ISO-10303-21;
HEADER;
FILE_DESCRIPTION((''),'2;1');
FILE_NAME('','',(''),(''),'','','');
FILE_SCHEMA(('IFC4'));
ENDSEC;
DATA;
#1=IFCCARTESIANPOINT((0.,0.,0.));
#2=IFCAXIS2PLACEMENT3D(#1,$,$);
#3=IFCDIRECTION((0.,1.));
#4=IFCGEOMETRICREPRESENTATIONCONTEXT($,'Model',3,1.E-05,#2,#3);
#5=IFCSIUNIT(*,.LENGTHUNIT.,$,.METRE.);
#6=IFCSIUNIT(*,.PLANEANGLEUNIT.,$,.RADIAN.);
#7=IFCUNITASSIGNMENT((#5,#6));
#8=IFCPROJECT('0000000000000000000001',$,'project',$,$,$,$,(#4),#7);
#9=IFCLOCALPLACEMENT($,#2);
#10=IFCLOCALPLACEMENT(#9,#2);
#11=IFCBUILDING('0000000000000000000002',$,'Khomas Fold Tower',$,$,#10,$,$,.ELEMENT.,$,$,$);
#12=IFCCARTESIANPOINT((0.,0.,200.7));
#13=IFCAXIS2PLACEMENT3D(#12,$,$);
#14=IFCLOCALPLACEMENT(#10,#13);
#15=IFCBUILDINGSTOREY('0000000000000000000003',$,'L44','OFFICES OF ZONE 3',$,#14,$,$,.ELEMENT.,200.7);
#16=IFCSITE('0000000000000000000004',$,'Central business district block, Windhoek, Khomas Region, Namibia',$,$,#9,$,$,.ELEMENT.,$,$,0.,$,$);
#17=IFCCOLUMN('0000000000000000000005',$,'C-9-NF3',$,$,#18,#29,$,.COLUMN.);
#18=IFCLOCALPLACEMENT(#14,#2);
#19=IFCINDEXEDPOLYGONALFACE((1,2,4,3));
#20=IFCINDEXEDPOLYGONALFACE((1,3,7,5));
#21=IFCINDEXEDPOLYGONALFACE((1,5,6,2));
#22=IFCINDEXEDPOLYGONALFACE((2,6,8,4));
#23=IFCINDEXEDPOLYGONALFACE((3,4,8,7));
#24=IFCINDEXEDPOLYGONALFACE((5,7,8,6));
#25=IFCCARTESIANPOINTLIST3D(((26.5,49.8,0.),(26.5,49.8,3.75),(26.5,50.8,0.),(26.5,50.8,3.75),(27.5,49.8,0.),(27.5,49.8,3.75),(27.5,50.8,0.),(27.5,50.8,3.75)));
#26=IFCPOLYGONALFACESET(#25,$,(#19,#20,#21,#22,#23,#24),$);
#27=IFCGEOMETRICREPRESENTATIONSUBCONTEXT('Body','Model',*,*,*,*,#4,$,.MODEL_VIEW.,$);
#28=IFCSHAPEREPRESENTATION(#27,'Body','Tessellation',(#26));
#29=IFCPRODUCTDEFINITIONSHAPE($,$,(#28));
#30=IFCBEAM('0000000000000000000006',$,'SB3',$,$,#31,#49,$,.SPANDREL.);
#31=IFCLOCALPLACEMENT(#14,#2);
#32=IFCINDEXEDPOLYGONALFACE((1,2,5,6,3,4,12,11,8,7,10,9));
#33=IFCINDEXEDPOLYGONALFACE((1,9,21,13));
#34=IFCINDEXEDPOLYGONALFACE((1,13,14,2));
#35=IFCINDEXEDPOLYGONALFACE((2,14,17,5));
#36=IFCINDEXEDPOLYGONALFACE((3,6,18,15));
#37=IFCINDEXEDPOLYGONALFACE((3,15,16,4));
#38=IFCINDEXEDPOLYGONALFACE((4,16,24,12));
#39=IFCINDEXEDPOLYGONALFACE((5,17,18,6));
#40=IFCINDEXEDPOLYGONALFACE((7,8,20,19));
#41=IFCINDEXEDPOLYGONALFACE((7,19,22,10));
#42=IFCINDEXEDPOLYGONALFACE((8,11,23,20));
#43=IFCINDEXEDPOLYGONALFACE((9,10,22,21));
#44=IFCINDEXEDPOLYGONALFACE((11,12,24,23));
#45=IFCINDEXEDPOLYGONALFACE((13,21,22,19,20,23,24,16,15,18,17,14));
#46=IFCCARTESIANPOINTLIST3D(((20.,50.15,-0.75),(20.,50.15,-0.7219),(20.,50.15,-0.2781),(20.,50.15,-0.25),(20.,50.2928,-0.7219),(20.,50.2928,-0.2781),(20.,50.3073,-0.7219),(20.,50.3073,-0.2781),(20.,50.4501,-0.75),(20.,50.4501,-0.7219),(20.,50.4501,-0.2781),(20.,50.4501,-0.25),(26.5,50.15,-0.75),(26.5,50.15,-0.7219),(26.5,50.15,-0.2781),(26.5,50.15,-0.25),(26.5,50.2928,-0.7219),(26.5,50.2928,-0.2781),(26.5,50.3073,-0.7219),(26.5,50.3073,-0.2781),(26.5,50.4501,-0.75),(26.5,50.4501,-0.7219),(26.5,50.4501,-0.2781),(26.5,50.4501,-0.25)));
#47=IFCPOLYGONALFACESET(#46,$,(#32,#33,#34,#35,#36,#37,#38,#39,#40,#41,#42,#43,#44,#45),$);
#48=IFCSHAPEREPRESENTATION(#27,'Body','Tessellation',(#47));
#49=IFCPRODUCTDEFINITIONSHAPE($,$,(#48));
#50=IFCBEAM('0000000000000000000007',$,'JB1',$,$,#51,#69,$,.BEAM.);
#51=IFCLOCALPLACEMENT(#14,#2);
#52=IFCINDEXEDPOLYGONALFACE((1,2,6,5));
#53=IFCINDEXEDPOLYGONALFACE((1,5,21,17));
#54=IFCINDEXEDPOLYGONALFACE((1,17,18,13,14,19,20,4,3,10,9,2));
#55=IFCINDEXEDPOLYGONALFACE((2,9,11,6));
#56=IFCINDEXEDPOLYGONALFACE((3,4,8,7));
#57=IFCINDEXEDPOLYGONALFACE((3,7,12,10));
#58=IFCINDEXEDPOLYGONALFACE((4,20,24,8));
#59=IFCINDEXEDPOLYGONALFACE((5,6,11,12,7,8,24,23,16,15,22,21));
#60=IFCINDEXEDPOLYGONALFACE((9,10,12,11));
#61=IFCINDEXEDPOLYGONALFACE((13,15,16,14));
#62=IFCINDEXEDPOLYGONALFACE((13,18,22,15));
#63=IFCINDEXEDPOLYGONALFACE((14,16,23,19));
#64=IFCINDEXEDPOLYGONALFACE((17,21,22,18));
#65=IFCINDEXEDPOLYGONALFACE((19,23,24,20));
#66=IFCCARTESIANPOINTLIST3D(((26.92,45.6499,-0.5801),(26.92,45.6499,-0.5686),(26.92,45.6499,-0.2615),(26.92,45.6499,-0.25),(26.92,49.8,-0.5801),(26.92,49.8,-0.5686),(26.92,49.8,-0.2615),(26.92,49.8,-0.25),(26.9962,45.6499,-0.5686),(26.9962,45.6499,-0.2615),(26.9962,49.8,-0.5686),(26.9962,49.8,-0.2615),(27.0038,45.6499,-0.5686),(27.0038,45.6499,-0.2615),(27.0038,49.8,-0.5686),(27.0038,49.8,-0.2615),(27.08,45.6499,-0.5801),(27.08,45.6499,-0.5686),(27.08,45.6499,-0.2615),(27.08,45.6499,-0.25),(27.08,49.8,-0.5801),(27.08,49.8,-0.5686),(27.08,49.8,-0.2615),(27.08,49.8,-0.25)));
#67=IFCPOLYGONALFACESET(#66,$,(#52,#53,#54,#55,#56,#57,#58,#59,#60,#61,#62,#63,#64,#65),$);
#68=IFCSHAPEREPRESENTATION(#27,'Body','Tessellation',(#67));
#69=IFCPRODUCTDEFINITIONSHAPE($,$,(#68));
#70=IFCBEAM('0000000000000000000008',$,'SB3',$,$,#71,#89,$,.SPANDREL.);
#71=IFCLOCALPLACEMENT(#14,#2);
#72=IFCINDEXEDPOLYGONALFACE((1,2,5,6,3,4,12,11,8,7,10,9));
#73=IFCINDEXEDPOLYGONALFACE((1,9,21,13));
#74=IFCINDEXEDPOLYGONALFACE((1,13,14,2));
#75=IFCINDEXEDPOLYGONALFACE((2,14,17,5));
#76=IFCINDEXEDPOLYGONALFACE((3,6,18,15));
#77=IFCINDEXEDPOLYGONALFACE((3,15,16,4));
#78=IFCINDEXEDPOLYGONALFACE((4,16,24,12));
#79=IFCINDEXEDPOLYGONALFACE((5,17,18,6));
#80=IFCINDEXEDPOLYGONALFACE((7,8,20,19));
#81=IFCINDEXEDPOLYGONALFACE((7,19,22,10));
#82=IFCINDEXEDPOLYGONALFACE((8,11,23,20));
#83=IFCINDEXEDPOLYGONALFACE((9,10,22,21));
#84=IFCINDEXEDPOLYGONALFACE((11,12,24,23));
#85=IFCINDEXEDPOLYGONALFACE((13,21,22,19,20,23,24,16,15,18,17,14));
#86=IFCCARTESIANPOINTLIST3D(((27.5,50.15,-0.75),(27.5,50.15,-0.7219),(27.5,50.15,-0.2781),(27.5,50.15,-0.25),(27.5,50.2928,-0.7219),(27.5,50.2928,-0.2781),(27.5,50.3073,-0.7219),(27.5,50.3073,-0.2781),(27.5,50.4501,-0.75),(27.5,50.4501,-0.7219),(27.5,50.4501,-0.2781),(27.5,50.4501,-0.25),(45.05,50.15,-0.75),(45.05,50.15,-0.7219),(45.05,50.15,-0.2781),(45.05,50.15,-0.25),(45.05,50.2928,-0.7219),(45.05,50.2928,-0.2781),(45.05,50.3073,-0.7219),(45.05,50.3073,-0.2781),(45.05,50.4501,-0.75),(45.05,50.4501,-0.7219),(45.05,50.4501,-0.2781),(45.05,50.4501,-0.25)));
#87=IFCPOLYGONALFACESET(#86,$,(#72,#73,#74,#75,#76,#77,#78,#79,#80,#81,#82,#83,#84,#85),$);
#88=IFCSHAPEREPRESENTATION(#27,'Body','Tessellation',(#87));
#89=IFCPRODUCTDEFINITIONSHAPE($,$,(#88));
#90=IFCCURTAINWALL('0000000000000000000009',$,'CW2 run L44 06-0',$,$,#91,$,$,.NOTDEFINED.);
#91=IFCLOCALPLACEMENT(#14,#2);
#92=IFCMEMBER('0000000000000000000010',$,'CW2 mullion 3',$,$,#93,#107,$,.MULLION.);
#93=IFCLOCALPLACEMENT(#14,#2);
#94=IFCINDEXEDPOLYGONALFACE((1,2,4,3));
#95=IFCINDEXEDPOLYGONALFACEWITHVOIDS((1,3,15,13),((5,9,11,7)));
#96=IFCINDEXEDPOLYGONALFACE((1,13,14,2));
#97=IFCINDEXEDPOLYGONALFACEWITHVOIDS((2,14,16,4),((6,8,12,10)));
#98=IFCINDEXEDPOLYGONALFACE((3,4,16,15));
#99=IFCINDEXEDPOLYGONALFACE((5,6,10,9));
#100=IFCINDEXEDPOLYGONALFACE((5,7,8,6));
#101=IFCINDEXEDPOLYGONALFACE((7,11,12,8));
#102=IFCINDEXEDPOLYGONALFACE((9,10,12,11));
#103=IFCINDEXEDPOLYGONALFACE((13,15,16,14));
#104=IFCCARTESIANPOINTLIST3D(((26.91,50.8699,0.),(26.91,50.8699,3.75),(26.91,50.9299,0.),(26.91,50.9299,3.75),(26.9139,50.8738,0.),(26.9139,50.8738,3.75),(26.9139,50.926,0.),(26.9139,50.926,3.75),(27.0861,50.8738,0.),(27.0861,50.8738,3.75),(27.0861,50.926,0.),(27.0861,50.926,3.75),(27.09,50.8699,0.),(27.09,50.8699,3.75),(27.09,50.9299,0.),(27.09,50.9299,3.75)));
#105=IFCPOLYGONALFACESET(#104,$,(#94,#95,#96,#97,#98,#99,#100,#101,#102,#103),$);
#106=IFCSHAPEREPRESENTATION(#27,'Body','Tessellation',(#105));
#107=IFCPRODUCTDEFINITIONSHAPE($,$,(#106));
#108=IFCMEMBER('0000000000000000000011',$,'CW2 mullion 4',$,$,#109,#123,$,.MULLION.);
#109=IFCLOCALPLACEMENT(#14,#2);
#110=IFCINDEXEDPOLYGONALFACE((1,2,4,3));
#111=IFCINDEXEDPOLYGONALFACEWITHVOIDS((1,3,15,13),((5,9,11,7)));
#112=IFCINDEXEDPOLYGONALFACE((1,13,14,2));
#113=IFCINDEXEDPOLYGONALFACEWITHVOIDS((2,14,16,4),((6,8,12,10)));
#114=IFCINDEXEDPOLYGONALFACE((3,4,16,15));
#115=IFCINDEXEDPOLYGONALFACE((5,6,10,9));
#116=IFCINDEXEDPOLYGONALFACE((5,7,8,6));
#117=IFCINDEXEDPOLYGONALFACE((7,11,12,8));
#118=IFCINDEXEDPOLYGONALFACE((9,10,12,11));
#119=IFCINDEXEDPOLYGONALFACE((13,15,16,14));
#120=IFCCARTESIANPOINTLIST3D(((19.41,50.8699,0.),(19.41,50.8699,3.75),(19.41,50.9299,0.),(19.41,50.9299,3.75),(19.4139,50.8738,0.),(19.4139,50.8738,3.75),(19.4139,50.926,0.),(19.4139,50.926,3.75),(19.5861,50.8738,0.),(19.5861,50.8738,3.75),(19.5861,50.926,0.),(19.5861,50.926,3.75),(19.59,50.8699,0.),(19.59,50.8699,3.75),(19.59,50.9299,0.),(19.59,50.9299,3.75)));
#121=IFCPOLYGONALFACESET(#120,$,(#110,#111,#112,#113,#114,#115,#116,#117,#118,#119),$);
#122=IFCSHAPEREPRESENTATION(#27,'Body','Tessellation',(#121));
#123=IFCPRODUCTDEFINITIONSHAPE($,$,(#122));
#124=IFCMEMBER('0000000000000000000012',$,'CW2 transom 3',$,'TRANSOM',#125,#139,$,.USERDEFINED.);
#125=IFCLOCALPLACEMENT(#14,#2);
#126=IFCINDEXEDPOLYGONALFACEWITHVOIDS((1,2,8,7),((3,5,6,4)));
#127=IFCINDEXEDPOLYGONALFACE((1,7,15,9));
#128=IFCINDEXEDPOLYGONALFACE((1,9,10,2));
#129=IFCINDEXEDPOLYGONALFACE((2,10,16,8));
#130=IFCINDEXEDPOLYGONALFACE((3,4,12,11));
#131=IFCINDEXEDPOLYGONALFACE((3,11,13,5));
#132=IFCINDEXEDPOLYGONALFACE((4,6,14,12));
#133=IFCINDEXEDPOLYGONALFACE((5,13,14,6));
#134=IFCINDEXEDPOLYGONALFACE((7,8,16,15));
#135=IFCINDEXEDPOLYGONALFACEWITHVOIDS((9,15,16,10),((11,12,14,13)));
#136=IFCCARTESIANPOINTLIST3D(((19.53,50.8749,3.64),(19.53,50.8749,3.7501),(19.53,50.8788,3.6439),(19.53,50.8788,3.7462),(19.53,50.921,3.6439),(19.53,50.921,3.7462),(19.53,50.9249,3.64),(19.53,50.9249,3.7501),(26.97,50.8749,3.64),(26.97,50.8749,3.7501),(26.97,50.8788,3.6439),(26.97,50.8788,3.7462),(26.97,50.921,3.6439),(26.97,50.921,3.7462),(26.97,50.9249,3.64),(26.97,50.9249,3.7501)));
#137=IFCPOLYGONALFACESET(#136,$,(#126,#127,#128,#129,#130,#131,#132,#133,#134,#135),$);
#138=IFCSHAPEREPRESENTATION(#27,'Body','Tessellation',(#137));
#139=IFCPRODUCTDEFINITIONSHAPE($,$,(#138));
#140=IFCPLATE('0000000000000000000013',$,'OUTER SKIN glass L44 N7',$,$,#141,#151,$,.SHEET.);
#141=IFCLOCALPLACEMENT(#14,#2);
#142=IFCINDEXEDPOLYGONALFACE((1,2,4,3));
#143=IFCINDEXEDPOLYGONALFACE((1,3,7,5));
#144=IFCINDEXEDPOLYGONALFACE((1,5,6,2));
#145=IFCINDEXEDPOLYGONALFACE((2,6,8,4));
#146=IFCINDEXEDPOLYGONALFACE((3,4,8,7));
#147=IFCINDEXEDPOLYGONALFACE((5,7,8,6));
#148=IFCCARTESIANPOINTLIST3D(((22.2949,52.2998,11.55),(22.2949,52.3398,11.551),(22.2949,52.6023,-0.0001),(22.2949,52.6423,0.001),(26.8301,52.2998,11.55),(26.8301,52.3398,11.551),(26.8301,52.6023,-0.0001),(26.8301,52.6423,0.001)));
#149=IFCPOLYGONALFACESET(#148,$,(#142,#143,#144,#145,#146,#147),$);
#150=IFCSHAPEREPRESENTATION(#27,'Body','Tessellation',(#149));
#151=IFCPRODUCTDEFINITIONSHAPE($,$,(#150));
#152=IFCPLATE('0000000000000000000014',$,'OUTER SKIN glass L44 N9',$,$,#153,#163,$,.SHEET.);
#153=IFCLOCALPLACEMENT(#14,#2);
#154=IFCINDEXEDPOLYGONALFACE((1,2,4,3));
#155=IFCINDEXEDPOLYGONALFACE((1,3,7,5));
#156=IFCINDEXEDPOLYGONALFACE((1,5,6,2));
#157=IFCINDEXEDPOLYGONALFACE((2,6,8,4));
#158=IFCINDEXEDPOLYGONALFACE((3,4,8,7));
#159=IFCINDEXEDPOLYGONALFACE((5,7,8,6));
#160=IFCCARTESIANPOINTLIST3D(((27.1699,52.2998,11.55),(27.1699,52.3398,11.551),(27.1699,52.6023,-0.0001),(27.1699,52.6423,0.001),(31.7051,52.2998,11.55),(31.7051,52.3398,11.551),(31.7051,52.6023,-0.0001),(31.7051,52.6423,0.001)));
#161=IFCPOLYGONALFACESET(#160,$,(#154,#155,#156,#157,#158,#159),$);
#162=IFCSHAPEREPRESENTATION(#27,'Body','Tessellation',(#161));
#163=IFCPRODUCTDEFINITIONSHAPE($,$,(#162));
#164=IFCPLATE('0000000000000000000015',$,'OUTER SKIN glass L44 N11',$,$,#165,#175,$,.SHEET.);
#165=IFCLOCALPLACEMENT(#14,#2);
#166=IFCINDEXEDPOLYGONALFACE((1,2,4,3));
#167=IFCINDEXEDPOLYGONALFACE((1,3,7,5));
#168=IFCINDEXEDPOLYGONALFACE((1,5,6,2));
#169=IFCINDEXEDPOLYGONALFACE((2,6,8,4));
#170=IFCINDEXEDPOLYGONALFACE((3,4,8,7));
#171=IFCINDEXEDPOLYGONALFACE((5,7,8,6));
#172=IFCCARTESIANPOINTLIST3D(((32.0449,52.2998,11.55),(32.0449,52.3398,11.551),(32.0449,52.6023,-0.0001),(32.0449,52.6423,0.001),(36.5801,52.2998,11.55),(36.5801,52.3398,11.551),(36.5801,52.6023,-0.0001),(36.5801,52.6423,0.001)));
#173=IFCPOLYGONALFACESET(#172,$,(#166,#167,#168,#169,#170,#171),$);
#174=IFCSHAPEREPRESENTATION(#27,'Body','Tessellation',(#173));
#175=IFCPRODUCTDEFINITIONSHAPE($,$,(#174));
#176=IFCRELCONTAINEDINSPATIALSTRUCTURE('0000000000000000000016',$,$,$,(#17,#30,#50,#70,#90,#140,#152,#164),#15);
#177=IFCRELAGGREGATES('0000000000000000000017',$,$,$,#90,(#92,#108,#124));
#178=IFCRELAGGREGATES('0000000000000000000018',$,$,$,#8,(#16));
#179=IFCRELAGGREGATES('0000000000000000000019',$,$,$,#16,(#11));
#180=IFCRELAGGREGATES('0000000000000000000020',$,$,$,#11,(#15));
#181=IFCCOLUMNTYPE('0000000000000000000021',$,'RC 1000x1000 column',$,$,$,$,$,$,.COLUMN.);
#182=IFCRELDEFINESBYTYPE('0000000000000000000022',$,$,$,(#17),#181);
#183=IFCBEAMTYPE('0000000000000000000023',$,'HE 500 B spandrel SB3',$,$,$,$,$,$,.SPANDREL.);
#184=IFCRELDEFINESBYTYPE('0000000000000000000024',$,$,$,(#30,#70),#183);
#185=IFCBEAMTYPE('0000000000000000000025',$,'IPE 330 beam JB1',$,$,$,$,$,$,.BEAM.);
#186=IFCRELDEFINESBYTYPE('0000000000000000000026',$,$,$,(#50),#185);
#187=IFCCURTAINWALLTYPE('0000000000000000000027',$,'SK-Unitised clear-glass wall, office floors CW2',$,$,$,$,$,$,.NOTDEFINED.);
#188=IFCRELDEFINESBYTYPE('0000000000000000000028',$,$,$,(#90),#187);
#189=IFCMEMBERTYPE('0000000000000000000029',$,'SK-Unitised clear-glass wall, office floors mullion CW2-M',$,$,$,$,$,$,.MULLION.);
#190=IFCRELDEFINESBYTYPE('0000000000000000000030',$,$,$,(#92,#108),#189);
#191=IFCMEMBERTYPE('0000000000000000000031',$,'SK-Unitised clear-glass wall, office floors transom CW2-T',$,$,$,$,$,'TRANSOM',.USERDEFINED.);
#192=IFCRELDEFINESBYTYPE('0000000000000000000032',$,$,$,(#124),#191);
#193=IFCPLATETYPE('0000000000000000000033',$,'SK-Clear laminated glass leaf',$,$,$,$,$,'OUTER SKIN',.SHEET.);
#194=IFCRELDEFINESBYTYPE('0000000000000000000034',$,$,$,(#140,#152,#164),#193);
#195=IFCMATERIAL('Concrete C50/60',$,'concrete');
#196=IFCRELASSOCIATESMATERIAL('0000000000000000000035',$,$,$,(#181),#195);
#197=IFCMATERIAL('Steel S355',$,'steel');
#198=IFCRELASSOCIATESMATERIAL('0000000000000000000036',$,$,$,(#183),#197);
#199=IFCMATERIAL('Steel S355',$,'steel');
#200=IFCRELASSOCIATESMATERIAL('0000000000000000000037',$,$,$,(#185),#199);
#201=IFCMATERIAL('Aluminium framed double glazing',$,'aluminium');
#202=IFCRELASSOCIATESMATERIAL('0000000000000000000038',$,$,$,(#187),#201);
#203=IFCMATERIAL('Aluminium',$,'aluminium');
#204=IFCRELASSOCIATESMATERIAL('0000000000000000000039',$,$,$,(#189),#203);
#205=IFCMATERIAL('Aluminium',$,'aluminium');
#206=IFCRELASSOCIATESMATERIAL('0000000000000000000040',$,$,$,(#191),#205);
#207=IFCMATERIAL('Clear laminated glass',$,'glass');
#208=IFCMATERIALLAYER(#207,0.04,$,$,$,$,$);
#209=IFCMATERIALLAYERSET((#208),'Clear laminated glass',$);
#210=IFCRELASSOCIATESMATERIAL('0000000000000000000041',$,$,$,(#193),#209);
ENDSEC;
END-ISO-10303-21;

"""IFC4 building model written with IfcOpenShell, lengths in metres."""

from ifc_helpers import new_model, si_unit, direction, frame, origin, origin_2d, place, context, subcontext, project, spatial, polyline, rectangle, hollow_rectangle, i_section, outline, extrude, source, transform, mapped, material, layer, layer_set, material_profile, profile_set, type_object, element, aggregate, save


model = new_model("IFC4")

# Units and contexts
model_context = context("Model", 3, precision=1e-05, world=origin(), true_north=direction((0.0, 1.0)))
body_context = subcontext(model_context, "Body", "Model", "MODEL_VIEW")
ifc_project = project(units=[si_unit("LENGTHUNIT", "METRE"), si_unit("PLANEANGLEUNIT", "RADIAN")], contexts=[model_context])

# Site, building, storey
site_placement = place(None, origin())
site = spatial("IfcSite", under=ifc_project, at=site_placement, Name="Central business district block, Windhoek, Khomas Region, Namibia", CompositionType="ELEMENT", RefElevation=0.0)
building_placement = place(site_placement, origin())
building = spatial("IfcBuilding", under=site, at=building_placement, Name="Khomas Fold Tower", CompositionType="ELEMENT")
storey_placement = place(building_placement, frame((0.0, 0.0, 200.7)))
storey = spatial("IfcBuildingStorey", under=building, at=storey_placement, Name="L44", Description="OFFICES OF ZONE 3", CompositionType="ELEMENT", Elevation=200.7)

# Column
ifc_material_1 = material(Name="Concrete C50/60", Category="concrete")
ifc_material_profile_1 = material_profile(ifc_material_1, rectangle(XDim=1.0, YDim=1.0, at=origin_2d()), Name="RC 1000x1000")
ifc_profile_set_1 = profile_set([ifc_material_profile_1], Name="Concrete C50/60")
column_type = type_object("IfcColumnType", Name="RC 1000x1000 column", PredefinedType="COLUMN", material=ifc_profile_set_1)
shared_shape_1 = source(origin(), body_context, "Body", "SweptSolid", [
    extrude(rectangle(XDim=1.0, YDim=1.0, at=origin_2d()), origin(), (0.0, 0.0, 1.0), 3.75),
])
column_placement = place(storey_placement, frame((27.0, 50.3, 0.0), z_axis=(0.0, 0.0, 1.0), x_axis=(1.0, 0.0, 0.0)))
element("IfcColumn", 1, at=column_placement, inside=storey, type_object=column_type, Name="C-9-NF3", PredefinedType="COLUMN", context=body_context, shape_type="MappedRepresentation", body=[
    mapped(shared_shape_1, transform((0.0, 0.0, 0.0))),
])

# Beams
ifc_material_2 = material(Name="Steel S355", Category="steel")
ifc_material_profile_2 = material_profile(ifc_material_2, i_section(OverallWidth=0.3, OverallDepth=0.5, WebThickness=0.0144, FlangeThickness=0.0281, at=origin_2d()), Name="HE 500 B")
ifc_profile_set_2 = profile_set([ifc_material_profile_2], Name="Steel S355")
beam_type_1 = type_object("IfcBeamType", Name="HE 500 B spandrel SB3", PredefinedType="SPANDREL", material=ifc_profile_set_2)
shared_shape_2 = source(origin(), body_context, "Body", "SweptSolid", [
    extrude(i_section(OverallWidth=0.3, OverallDepth=0.5, WebThickness=0.0144, FlangeThickness=0.0281, at=origin_2d()), origin(), (0.0, 0.0, 1.0), 6.5),
])
beam_1_placement = place(storey_placement, frame((20.0, 50.3, -0.5), z_axis=(1.0, 0.0, 0.0), x_axis=(0.0, 1.0, 0.0)))
element("IfcBeam", 2, at=beam_1_placement, inside=storey, type_object=beam_type_1, Name="SB3", PredefinedType="SPANDREL", context=body_context, shape_type="MappedRepresentation", body=[
    mapped(shared_shape_2, transform((0.0, 0.0, 0.0))),
])
ifc_material_3 = material(Name="Steel S355", Category="steel")
ifc_material_profile_3 = material_profile(ifc_material_3, i_section(OverallWidth=0.1599, OverallDepth=0.3301, WebThickness=0.0076, FlangeThickness=0.0115, at=origin_2d()), Name="IPE 330")
ifc_profile_set_3 = profile_set([ifc_material_profile_3], Name="Steel S355")
beam_type_2 = type_object("IfcBeamType", Name="IPE 330 beam JB1", PredefinedType="BEAM", material=ifc_profile_set_3)
shared_shape_3 = source(origin(), body_context, "Body", "SweptSolid", [
    extrude(i_section(OverallWidth=0.1599, OverallDepth=0.3301, WebThickness=0.0076, FlangeThickness=0.0115, at=origin_2d()), origin(), (0.0, 0.0, 1.0), 4.1501),
])
beam_2_placement = place(storey_placement, frame((27.0, 45.6499, -0.415), z_axis=(0.0, 1.0, 0.0), x_axis=(-1.0, 0.0, 0.0)))
element("IfcBeam", 3, at=beam_2_placement, inside=storey, type_object=beam_type_2, Name="JB1", PredefinedType="BEAM", context=body_context, shape_type="MappedRepresentation", body=[
    mapped(shared_shape_3, transform((0.0, 0.0, 0.0))),
])
shared_shape_4 = source(origin(), body_context, "Body", "SweptSolid", [
    extrude(i_section(OverallWidth=0.3, OverallDepth=0.5, WebThickness=0.0144, FlangeThickness=0.0281, at=origin_2d()), origin(), (0.0, 0.0, 1.0), 17.55),
])
beam_3_placement = place(storey_placement, frame((27.5, 50.3, -0.5), z_axis=(1.0, 0.0, 0.0), x_axis=(0.0, 1.0, 0.0)))
element("IfcBeam", 4, at=beam_3_placement, inside=storey, type_object=beam_type_1, Name="SB3", PredefinedType="SPANDREL", context=body_context, shape_type="MappedRepresentation", body=[
    mapped(shared_shape_4, transform((0.0, 0.0, 0.0))),
])

# Curtain wall, members
ifc_material_4 = material(Name="Aluminium framed double glazing", Category="aluminium")
curtain_wall_type = type_object("IfcCurtainWallType", Name="SK-Unitised clear-glass wall, office floors CW2", PredefinedType="NOTDEFINED", material=ifc_material_4)
curtain_wall_placement = place(storey_placement, origin())
curtain_wall = element("IfcCurtainWall", 5, at=curtain_wall_placement, inside=storey, type_object=curtain_wall_type, Name="CW2 run L44 06-0", PredefinedType="NOTDEFINED")
ifc_material_5 = material(Name="Aluminium", Category="aluminium")
ifc_material_profile_4 = material_profile(ifc_material_5, hollow_rectangle(XDim=0.0601, YDim=0.1799, WallThickness=0.0039, at=origin_2d()), Name="SK-Unitised clear-glass wall, office floors mullion CW2-M")
ifc_profile_set_4 = profile_set([ifc_material_profile_4], Name="Aluminium")
member_type_1 = type_object("IfcMemberType", Name="SK-Unitised clear-glass wall, office floors mullion CW2-M", PredefinedType="MULLION", material=ifc_profile_set_4)
shared_shape_5 = source(origin(), body_context, "Body", "SweptSolid", [
    extrude(hollow_rectangle(XDim=0.0601, YDim=0.1799, WallThickness=0.0039, at=origin_2d()), origin(), (0.0, 0.0, 1.0), 3.75),
])
member_1_placement = place(storey_placement, frame((27.0, 50.8999, 0.0), z_axis=(0.0, 0.0, 1.0), x_axis=(0.0, -1.0, 0.0)))
member_1 = element("IfcMember", 6, at=member_1_placement, type_object=member_type_1, Name="CW2 mullion 3", PredefinedType="MULLION", context=body_context, shape_type="MappedRepresentation", body=[
    mapped(shared_shape_5, transform((0.0, 0.0, 0.0))),
])
member_2_placement = place(storey_placement, frame((19.5, 50.8999, 0.0), z_axis=(0.0, 0.0, 1.0), x_axis=(0.0, -1.0, 0.0)))
member_2 = element("IfcMember", 7, at=member_2_placement, type_object=member_type_1, Name="CW2 mullion 4", PredefinedType="MULLION", context=body_context, shape_type="MappedRepresentation", body=[
    mapped(shared_shape_5, transform((0.0, 0.0, 0.0))),
])
ifc_material_6 = material(Name="Aluminium", Category="aluminium")
ifc_material_profile_5 = material_profile(ifc_material_6, hollow_rectangle(XDim=0.05, YDim=0.1101, WallThickness=0.0039, at=origin_2d()), Name="SK-Unitised clear-glass wall, office floors transom CW2-T")
ifc_profile_set_5 = profile_set([ifc_material_profile_5], Name="Aluminium")
member_type_2 = type_object("IfcMemberType", Name="SK-Unitised clear-glass wall, office floors transom CW2-T", ElementType="TRANSOM", PredefinedType="USERDEFINED", material=ifc_profile_set_5)
shared_shape_6 = source(origin(), body_context, "Body", "SweptSolid", [
    extrude(hollow_rectangle(XDim=0.05, YDim=0.1101, WallThickness=0.0039, at=origin_2d()), origin(), (0.0, 0.0, 1.0), 7.4399),
])
member_3_placement = place(storey_placement, frame((26.97, 50.8999, 3.6951), z_axis=(-1.0, 0.0, 0.0), x_axis=(0.0, -1.0, 0.0)))
member_3 = element("IfcMember", 8, at=member_3_placement, type_object=member_type_2, Name="CW2 transom 3", ObjectType="TRANSOM", PredefinedType="USERDEFINED", context=body_context, shape_type="MappedRepresentation", body=[
    mapped(shared_shape_6, transform((0.0, 0.0, 0.0))),
])

# Plates
ifc_material_7 = material(Name="Clear laminated glass", Category="glass")
ifc_layer_1 = layer(ifc_material_7, 0.04)
ifc_layer_set_1 = layer_set([ifc_layer_1], Name="Clear laminated glass")
plate_type_1 = type_object("IfcPlateType", Name="SK-Clear laminated glass leaf", ElementType="OUTER SKIN", PredefinedType="SHEET", material=ifc_layer_set_1)
for number, where, z_axis, x_axis, name in (
    (9, (22.2949, 52.6423, 0.001), (0.0, 0.999657, 0.026181), (1.0, 0.0, 0.0), "OUTER SKIN glass L44 N7"),
    (10, (27.1699, 52.6423, 0.001), (0.0, 0.999657, 0.026181), (1.0, 0.0, 0.0), "OUTER SKIN glass L44 N9"),
    (11, (32.0449, 52.6423, 0.001), (0.0, 0.999657, 0.026181), (1.0, 0.0, 0.0), "OUTER SKIN glass L44 N11"),
):
    element("IfcPlate", number, at=place(storey_placement, frame(where, z_axis=z_axis, x_axis=x_axis)), inside=storey, type_object=plate_type_1, Name=name, PredefinedType="SHEET", context=body_context, shape_type="SweptSolid", body=[
        extrude(outline(polyline([(0.0, 0.0), (4.5352, 0.0), (4.5352, -11.554), (0.0, -11.554), (0.0, 0.0)])), origin(), (0.0, 0.0, -1.0), 0.04),
    ])

aggregate(curtain_wall, [member_1, member_2, member_3])

save(model, "model.ifc")
